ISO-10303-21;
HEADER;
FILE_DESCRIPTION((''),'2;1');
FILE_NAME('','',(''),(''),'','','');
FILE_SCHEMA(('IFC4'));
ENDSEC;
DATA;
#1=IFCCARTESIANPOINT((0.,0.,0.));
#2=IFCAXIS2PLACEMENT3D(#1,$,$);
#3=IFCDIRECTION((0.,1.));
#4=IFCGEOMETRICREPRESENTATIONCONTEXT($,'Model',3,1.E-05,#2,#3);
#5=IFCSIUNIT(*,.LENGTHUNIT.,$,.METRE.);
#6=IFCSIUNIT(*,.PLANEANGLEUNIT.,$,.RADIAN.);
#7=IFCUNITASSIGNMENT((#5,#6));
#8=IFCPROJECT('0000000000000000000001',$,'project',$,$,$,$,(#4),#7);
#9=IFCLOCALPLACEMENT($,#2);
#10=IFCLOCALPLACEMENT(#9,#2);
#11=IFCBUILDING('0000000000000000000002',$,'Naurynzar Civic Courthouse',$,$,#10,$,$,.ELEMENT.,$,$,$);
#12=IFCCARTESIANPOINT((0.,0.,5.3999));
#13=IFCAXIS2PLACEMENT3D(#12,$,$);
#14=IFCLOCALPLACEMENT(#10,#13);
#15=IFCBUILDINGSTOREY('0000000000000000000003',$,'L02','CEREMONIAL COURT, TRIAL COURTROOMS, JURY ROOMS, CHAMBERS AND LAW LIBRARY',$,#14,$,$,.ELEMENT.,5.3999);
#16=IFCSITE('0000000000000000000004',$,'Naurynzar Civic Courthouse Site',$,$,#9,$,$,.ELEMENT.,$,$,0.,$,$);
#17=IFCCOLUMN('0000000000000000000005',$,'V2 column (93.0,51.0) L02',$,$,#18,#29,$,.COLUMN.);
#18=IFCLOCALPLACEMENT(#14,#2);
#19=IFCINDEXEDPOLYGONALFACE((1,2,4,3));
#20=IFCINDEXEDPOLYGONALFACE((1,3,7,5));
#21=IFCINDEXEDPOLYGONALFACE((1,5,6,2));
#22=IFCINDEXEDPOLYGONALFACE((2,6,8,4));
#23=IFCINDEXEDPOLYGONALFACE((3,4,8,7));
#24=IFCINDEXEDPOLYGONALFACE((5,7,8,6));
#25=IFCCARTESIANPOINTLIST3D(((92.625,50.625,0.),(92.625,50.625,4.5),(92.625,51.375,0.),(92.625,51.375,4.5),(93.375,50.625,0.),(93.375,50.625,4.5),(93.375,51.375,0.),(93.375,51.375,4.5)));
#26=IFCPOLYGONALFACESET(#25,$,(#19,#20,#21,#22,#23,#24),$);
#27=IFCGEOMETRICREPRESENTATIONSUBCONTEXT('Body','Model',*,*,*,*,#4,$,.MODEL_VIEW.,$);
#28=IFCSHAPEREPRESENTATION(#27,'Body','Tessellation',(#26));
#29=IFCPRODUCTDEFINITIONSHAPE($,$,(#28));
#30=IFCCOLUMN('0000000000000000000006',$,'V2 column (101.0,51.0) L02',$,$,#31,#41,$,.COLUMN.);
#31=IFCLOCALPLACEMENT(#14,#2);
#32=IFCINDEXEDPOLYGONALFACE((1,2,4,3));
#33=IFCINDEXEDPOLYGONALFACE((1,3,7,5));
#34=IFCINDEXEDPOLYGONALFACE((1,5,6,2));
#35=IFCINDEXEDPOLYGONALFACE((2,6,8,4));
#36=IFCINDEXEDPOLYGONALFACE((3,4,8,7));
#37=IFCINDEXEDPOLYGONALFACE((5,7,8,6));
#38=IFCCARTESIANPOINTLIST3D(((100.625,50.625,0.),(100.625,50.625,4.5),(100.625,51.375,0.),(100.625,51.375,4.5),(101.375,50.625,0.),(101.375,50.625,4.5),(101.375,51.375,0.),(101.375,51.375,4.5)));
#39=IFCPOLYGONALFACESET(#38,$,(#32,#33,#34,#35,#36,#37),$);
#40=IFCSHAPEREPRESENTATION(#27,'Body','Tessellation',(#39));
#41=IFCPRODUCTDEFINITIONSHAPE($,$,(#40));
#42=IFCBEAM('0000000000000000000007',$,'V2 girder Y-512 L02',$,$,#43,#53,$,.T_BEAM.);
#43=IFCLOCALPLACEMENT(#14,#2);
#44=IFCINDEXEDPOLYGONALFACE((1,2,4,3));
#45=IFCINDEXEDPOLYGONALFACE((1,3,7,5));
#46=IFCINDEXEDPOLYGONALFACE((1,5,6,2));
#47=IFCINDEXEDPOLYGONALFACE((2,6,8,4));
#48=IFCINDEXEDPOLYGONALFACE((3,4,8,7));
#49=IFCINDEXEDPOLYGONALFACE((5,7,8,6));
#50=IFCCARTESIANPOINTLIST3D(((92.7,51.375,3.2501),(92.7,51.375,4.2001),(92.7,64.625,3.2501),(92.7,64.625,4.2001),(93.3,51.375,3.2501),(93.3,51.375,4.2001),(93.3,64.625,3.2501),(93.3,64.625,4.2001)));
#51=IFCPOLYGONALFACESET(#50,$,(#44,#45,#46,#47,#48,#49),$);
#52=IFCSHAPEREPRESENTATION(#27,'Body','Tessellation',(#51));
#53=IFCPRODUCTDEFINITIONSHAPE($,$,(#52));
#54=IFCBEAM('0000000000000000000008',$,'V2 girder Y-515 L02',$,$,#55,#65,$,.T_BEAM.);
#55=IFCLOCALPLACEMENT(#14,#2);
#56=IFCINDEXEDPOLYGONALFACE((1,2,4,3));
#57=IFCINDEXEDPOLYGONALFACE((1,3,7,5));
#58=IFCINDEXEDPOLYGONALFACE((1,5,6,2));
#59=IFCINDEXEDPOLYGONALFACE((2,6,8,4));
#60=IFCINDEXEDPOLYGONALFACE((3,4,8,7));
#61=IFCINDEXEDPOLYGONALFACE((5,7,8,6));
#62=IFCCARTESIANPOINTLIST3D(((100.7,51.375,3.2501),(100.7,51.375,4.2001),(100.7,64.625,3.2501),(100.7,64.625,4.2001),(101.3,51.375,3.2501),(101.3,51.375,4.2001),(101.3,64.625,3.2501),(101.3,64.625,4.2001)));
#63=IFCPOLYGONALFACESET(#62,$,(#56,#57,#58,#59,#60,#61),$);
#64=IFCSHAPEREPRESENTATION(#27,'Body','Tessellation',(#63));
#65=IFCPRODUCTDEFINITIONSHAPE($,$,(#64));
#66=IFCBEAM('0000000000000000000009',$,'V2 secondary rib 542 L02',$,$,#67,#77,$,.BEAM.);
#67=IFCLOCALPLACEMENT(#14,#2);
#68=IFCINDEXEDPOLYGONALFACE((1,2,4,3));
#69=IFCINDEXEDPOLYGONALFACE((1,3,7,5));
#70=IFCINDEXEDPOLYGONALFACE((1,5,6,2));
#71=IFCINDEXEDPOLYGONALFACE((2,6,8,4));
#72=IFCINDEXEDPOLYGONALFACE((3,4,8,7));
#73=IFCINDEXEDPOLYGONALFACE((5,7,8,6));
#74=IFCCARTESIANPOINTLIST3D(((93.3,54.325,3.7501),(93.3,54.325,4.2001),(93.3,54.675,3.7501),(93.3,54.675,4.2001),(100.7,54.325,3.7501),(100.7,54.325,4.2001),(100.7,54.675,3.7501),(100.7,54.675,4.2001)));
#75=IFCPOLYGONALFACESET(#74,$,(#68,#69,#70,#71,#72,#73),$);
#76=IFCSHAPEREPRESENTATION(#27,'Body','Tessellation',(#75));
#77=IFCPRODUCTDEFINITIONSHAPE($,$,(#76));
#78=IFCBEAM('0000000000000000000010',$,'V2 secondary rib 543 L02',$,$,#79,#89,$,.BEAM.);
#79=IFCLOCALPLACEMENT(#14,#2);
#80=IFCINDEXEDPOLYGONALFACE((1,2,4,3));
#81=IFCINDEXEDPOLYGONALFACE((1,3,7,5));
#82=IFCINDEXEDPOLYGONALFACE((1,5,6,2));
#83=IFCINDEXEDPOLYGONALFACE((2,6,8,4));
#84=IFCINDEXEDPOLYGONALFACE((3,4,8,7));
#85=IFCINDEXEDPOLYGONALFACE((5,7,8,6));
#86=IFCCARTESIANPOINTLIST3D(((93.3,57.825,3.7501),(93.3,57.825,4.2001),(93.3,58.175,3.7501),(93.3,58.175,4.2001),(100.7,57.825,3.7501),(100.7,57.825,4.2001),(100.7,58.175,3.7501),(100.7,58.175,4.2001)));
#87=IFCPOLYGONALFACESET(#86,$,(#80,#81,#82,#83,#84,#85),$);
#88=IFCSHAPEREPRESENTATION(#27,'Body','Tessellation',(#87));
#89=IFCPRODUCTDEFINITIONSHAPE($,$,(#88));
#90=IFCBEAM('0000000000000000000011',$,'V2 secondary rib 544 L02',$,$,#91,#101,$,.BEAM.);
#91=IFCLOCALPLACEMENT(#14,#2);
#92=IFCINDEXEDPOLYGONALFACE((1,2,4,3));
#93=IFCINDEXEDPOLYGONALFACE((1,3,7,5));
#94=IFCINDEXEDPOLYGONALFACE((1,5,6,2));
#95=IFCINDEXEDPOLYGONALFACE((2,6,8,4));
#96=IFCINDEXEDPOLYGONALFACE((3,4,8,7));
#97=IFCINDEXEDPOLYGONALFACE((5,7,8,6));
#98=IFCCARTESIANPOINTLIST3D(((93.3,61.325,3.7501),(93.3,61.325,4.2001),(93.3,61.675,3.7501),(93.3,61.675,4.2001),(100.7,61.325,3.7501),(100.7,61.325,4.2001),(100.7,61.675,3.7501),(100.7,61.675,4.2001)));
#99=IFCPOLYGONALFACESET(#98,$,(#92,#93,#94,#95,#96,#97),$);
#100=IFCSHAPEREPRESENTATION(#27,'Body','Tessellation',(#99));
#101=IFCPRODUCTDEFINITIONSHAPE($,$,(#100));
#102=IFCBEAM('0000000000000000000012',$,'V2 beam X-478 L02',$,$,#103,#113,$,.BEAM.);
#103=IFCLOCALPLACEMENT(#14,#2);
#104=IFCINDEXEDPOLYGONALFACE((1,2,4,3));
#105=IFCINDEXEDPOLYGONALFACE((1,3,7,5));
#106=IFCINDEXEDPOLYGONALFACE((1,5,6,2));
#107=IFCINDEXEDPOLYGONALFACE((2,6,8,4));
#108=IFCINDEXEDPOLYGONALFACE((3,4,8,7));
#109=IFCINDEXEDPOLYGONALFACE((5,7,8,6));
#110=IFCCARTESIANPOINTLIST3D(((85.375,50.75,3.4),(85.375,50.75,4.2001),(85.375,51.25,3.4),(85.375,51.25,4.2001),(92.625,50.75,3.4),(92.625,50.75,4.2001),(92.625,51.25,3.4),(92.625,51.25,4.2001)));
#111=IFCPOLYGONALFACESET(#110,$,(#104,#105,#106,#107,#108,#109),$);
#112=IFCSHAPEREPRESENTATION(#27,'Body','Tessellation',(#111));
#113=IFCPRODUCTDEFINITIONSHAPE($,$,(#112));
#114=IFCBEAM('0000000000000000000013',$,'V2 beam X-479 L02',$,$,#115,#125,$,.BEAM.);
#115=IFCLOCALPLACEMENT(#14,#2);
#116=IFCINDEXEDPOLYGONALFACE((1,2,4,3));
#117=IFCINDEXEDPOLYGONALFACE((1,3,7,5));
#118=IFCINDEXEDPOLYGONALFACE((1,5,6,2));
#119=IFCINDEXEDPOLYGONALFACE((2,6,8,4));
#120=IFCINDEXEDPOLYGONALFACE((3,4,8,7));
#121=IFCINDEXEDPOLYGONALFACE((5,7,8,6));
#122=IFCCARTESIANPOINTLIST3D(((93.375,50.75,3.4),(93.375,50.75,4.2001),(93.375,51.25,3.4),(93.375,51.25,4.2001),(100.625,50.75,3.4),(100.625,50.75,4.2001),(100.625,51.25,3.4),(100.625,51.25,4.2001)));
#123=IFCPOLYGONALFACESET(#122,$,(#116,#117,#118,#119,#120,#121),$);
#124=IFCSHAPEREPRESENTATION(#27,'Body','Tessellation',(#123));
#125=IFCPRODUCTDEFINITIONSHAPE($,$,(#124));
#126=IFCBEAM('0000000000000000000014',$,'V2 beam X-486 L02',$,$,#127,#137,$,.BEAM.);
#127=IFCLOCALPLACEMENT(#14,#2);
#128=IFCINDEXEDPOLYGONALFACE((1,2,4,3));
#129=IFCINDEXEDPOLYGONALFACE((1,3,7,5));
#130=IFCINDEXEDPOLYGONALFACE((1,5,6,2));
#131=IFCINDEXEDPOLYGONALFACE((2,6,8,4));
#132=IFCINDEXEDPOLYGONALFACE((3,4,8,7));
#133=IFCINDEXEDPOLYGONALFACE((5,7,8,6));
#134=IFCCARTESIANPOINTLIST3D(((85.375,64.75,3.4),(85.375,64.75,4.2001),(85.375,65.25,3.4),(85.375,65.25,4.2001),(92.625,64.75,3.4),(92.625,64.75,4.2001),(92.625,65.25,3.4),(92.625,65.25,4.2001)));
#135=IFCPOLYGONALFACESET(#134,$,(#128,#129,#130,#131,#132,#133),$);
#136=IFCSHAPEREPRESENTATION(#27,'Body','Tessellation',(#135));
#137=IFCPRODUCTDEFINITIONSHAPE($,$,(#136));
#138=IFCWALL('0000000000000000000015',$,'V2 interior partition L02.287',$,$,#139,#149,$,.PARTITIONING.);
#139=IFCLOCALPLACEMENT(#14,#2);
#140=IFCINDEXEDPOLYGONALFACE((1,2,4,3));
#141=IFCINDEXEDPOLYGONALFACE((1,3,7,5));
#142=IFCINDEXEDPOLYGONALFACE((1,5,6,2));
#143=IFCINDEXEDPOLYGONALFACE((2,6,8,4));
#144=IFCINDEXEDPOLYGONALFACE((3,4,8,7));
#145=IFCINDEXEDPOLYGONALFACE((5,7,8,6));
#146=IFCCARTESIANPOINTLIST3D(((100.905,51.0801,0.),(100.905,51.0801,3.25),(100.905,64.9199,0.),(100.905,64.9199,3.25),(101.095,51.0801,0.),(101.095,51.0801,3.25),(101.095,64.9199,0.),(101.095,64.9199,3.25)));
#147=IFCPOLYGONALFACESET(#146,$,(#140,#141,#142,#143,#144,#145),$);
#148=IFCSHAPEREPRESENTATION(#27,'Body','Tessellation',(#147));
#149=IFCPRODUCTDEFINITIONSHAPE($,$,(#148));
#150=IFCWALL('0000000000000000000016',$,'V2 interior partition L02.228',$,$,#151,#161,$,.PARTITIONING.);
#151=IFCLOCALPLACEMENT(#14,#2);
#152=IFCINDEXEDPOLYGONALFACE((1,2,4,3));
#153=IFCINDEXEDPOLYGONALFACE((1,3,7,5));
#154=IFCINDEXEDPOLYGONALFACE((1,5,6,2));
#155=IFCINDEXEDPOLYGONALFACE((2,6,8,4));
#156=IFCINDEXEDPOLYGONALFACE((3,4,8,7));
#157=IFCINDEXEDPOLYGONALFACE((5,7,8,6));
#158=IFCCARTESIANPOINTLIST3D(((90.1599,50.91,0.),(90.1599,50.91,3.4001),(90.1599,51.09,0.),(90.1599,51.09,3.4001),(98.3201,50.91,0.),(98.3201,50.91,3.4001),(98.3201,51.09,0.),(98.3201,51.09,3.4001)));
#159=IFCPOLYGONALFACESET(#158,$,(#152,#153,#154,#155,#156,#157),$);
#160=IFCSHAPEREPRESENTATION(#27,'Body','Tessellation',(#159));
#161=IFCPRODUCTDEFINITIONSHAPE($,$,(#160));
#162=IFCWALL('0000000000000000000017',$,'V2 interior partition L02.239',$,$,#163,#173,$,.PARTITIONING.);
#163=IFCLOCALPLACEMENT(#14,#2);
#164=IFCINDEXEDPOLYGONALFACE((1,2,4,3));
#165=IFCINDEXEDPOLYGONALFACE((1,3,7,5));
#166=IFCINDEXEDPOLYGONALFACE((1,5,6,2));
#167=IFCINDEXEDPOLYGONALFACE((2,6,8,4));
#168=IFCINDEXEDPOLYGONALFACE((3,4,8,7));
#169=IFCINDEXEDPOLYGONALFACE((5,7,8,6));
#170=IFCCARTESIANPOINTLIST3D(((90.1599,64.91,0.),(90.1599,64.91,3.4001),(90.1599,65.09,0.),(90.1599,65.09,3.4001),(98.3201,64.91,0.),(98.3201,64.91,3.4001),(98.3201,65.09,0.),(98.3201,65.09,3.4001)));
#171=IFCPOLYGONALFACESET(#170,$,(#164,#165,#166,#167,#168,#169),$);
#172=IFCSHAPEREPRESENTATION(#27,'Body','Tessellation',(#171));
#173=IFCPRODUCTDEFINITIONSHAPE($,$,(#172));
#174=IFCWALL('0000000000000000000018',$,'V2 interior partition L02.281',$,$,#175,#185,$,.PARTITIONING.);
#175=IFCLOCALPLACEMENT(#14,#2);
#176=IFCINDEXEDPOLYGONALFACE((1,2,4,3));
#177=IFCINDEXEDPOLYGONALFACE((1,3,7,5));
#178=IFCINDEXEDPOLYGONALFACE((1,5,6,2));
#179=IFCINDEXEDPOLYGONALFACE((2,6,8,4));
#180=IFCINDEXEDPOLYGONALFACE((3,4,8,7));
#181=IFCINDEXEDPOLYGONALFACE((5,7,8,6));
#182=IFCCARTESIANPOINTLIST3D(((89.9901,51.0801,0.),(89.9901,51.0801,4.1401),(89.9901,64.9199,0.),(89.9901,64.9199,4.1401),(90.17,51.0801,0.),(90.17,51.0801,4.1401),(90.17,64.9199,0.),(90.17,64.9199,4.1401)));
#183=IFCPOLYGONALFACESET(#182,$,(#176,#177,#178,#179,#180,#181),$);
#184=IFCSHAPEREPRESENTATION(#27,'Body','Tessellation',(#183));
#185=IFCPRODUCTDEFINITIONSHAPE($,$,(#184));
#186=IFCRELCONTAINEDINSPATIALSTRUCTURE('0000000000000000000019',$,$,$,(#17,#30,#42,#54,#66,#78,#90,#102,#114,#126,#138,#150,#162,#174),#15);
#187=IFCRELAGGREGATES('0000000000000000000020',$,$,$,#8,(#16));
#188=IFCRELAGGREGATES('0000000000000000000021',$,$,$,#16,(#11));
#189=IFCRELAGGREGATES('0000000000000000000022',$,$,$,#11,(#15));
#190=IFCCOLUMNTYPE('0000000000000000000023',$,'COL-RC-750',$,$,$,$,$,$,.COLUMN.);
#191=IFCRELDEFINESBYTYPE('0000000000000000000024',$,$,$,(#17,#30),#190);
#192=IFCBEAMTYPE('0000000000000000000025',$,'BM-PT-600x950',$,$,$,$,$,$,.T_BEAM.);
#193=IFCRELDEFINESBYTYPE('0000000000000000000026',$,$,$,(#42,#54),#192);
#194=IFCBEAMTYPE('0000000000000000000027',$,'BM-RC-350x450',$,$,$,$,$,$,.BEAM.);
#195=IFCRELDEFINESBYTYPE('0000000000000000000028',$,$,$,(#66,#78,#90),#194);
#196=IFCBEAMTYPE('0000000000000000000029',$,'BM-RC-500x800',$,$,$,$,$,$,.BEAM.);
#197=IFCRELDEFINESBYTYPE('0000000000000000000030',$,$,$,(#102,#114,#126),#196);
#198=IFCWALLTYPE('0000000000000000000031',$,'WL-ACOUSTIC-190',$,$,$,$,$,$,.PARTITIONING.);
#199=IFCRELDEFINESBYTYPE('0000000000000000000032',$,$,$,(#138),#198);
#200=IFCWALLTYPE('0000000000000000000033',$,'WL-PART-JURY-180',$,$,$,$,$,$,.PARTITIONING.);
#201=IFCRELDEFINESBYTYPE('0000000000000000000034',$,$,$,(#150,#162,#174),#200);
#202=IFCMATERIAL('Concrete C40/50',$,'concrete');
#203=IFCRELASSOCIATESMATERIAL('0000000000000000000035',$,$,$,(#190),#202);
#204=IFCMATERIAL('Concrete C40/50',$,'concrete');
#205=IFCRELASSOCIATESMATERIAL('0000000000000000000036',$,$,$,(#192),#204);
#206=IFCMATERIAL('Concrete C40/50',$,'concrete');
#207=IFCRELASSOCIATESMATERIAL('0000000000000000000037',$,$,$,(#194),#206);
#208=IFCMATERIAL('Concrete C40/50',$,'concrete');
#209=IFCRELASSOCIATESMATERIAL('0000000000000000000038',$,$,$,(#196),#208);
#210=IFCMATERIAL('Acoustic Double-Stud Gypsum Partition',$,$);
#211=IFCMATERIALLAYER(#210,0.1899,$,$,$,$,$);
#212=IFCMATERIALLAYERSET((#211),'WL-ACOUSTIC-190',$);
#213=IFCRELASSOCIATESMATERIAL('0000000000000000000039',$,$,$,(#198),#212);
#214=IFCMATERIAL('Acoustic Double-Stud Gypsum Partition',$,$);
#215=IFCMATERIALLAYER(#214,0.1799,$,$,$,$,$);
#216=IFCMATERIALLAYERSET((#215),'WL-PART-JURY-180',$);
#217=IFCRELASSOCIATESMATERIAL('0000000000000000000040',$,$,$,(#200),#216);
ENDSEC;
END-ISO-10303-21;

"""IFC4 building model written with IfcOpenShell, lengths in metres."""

from ifc_helpers import new_model, si_unit, direction, frame, frame_2d, origin, origin_2d, place, context, subcontext, project, spatial, rectangle, extrude, material, layer, layer_set, material_profile, profile_set, type_object, element, save


model = new_model("IFC4")

# Units and contexts
model_context = context("Model", 3, precision=1e-05, world=origin(), true_north=direction((0.0, 1.0)))
body_context = subcontext(model_context, "Body", "Model", "MODEL_VIEW")
ifc_project = project(units=[si_unit("LENGTHUNIT", "METRE"), si_unit("PLANEANGLEUNIT", "RADIAN")], contexts=[model_context])

# Site, building, storey
site_placement = place(None, origin())
site = spatial("IfcSite", under=ifc_project, at=site_placement, Name="Naurynzar Civic Courthouse Site", CompositionType="ELEMENT", RefElevation=0.0)
building_placement = place(site_placement, origin())
building = spatial("IfcBuilding", under=site, at=building_placement, Name="Naurynzar Civic Courthouse", CompositionType="ELEMENT")
storey_placement = place(building_placement, frame((0.0, 0.0, 5.3999)))
storey = spatial("IfcBuildingStorey", under=building, at=storey_placement, Name="L02", Description="CEREMONIAL COURT, TRIAL COURTROOMS, JURY ROOMS, CHAMBERS AND LAW LIBRARY", CompositionType="ELEMENT", Elevation=5.3999)

# Columns
ifc_material_1 = material(Name="Concrete C40/50", Category="concrete")
ifc_material_profile_1 = material_profile(ifc_material_1, rectangle(XDim=0.75, YDim=0.75, at=origin_2d()), Name="RC 750x750")
ifc_profile_set_1 = profile_set([ifc_material_profile_1], Name="Concrete C40/50")
column_type = type_object("IfcColumnType", Name="COL-RC-750", PredefinedType="COLUMN", material=ifc_profile_set_1)
for number, where, z_axis, x_axis, name in (
    (1, (93.0, 51.0, 0.0), (0.0, 0.0, 1.0), (1.0, 0.0, 0.0), "V2 column (93.0,51.0) L02"),
    (2, (101.0, 51.0, 0.0), (0.0, 0.0, 1.0), (1.0, 0.0, 0.0), "V2 column (101.0,51.0) L02"),
):
    element("IfcColumn", number, at=place(storey_placement, frame(where, z_axis=z_axis, x_axis=x_axis)), inside=storey, type_object=column_type, Name=name, PredefinedType="COLUMN", context=body_context, shape_type="SweptSolid", body=[
        extrude(rectangle(XDim=0.75, YDim=0.75, at=origin_2d()), origin(), (0.0, 0.0, 1.0), 4.5),
    ])

# Beams
ifc_material_2 = material(Name="Concrete C40/50", Category="concrete")
ifc_material_profile_2 = material_profile(ifc_material_2, rectangle(XDim=0.6001, YDim=0.95, at=origin_2d()), Name="PTB 600x950")
ifc_profile_set_2 = profile_set([ifc_material_profile_2], Name="Concrete C40/50")
beam_type_1 = type_object("IfcBeamType", Name="BM-PT-600x950", PredefinedType="T_BEAM", material=ifc_profile_set_2)
for number, where, z_axis, x_axis, name in (
    (3, (93.0, 51.375, 3.7251), (0.0, 1.0, 0.0), (-1.0, 0.0, 0.0), "V2 girder Y-512 L02"),
    (4, (101.0, 51.375, 3.7251), (0.0, 1.0, 0.0), (-1.0, 0.0, 0.0), "V2 girder Y-515 L02"),
):
    element("IfcBeam", number, at=place(storey_placement, frame(where, z_axis=z_axis, x_axis=x_axis)), inside=storey, type_object=beam_type_1, Name=name, PredefinedType="T_BEAM", context=body_context, shape_type="SweptSolid", body=[
        extrude(rectangle(XDim=0.6001, YDim=0.95, at=origin_2d()), origin(), (0.0, 0.0, 1.0), 13.25),
    ])
ifc_material_3 = material(Name="Concrete C40/50", Category="concrete")
ifc_material_profile_3 = material_profile(ifc_material_3, rectangle(XDim=0.3501, YDim=0.45, at=origin_2d()), Name="RCB 350x450")
ifc_profile_set_3 = profile_set([ifc_material_profile_3], Name="Concrete C40/50")
beam_type_2 = type_object("IfcBeamType", Name="BM-RC-350x450", PredefinedType="BEAM", material=ifc_profile_set_3)
for number, where, z_axis, x_axis, name in (
    (5, (93.3, 54.5, 3.9751), (1.0, 0.0, 0.0), (0.0, 1.0, 0.0), "V2 secondary rib 542 L02"),
    (6, (93.3, 58.0, 3.9751), (1.0, 0.0, 0.0), (0.0, 1.0, 0.0), "V2 secondary rib 543 L02"),
    (7, (93.3, 61.5, 3.9751), (1.0, 0.0, 0.0), (0.0, 1.0, 0.0), "V2 secondary rib 544 L02"),
):
    element("IfcBeam", number, at=place(storey_placement, frame(where, z_axis=z_axis, x_axis=x_axis)), inside=storey, type_object=beam_type_2, Name=name, PredefinedType="BEAM", context=body_context, shape_type="SweptSolid", body=[
        extrude(rectangle(XDim=0.3501, YDim=0.45, at=origin_2d()), origin(), (0.0, 0.0, 1.0), 7.3999),
    ])
ifc_material_4 = material(Name="Concrete C40/50", Category="concrete")
ifc_material_profile_4 = material_profile(ifc_material_4, rectangle(XDim=0.5, YDim=0.8, at=origin_2d()), Name="RCB 500x800")
ifc_profile_set_4 = profile_set([ifc_material_profile_4], Name="Concrete C40/50")
beam_type_3 = type_object("IfcBeamType", Name="BM-RC-500x800", PredefinedType="BEAM", material=ifc_profile_set_4)
for number, where, z_axis, x_axis, name in (
    (8, (85.375, 51.0, 3.8), (1.0, 0.0, 0.0), (0.0, 1.0, 0.0), "V2 beam X-478 L02"),
    (9, (93.375, 51.0, 3.8), (1.0, 0.0, 0.0), (0.0, 1.0, 0.0), "V2 beam X-479 L02"),
    (10, (85.375, 65.0, 3.8), (1.0, 0.0, 0.0), (0.0, 1.0, 0.0), "V2 beam X-486 L02"),
):
    element("IfcBeam", number, at=place(storey_placement, frame(where, z_axis=z_axis, x_axis=x_axis)), inside=storey, type_object=beam_type_3, Name=name, PredefinedType="BEAM", context=body_context, shape_type="SweptSolid", body=[
        extrude(rectangle(XDim=0.5, YDim=0.8, at=origin_2d()), origin(), (0.0, 0.0, 1.0), 7.25),
    ])

# Walls
ifc_material_5 = material(Name="Acoustic Double-Stud Gypsum Partition")
ifc_layer_1 = layer(ifc_material_5, 0.1899)
ifc_layer_set_1 = layer_set([ifc_layer_1], Name="WL-ACOUSTIC-190")
wall_type_1 = type_object("IfcWallType", Name="WL-ACOUSTIC-190", PredefinedType="PARTITIONING", material=ifc_layer_set_1)
wall_1_placement = place(storey_placement, frame((101.0, 51.0801, 0.0), z_axis=(0.0, 0.0, 1.0), x_axis=(0.0, 1.0, 0.0)))
element("IfcWall", 11, at=wall_1_placement, inside=storey, type_object=wall_type_1, Name="V2 interior partition L02.287", PredefinedType="PARTITIONING", context=body_context, shape_type="SweptSolid", body=[
    extrude(rectangle(XDim=13.8398, YDim=0.1899, at=frame_2d((6.9199, 0.0))), origin(), (0.0, 0.0, 1.0), 3.25),
])
ifc_material_6 = material(Name="Acoustic Double-Stud Gypsum Partition")
ifc_layer_2 = layer(ifc_material_6, 0.1799)
ifc_layer_set_2 = layer_set([ifc_layer_2], Name="WL-PART-JURY-180")
wall_type_2 = type_object("IfcWallType", Name="WL-PART-JURY-180", PredefinedType="PARTITIONING", material=ifc_layer_set_2)
for number, where, z_axis, x_axis, name in (
    (12, (90.1599, 51.0, 0.0), (0.0, 0.0, 1.0), (1.0, 0.0, 0.0), "V2 interior partition L02.228"),
    (13, (90.1599, 65.0, 0.0), (0.0, 0.0, 1.0), (1.0, 0.0, 0.0), "V2 interior partition L02.239"),
):
    element("IfcWall", number, at=place(storey_placement, frame(where, z_axis=z_axis, x_axis=x_axis)), inside=storey, type_object=wall_type_2, Name=name, PredefinedType="PARTITIONING", context=body_context, shape_type="SweptSolid", body=[
        extrude(rectangle(XDim=8.1602, YDim=0.1799, at=frame_2d((4.0801, 0.0))), origin(), (0.0, 0.0, 1.0), 3.4001),
    ])
wall_2_placement = place(storey_placement, frame((90.0801, 51.0801, 0.0), z_axis=(0.0, 0.0, 1.0), x_axis=(0.0, 1.0, 0.0)))
element("IfcWall", 14, at=wall_2_placement, inside=storey, type_object=wall_type_2, Name="V2 interior partition L02.281", PredefinedType="PARTITIONING", context=body_context, shape_type="SweptSolid", body=[
    extrude(rectangle(XDim=13.8398, YDim=0.1799, at=frame_2d((6.9199, 0.0))), origin(), (0.0, 0.0, 1.0), 4.1401),
])

save(model, "model.ifc")
